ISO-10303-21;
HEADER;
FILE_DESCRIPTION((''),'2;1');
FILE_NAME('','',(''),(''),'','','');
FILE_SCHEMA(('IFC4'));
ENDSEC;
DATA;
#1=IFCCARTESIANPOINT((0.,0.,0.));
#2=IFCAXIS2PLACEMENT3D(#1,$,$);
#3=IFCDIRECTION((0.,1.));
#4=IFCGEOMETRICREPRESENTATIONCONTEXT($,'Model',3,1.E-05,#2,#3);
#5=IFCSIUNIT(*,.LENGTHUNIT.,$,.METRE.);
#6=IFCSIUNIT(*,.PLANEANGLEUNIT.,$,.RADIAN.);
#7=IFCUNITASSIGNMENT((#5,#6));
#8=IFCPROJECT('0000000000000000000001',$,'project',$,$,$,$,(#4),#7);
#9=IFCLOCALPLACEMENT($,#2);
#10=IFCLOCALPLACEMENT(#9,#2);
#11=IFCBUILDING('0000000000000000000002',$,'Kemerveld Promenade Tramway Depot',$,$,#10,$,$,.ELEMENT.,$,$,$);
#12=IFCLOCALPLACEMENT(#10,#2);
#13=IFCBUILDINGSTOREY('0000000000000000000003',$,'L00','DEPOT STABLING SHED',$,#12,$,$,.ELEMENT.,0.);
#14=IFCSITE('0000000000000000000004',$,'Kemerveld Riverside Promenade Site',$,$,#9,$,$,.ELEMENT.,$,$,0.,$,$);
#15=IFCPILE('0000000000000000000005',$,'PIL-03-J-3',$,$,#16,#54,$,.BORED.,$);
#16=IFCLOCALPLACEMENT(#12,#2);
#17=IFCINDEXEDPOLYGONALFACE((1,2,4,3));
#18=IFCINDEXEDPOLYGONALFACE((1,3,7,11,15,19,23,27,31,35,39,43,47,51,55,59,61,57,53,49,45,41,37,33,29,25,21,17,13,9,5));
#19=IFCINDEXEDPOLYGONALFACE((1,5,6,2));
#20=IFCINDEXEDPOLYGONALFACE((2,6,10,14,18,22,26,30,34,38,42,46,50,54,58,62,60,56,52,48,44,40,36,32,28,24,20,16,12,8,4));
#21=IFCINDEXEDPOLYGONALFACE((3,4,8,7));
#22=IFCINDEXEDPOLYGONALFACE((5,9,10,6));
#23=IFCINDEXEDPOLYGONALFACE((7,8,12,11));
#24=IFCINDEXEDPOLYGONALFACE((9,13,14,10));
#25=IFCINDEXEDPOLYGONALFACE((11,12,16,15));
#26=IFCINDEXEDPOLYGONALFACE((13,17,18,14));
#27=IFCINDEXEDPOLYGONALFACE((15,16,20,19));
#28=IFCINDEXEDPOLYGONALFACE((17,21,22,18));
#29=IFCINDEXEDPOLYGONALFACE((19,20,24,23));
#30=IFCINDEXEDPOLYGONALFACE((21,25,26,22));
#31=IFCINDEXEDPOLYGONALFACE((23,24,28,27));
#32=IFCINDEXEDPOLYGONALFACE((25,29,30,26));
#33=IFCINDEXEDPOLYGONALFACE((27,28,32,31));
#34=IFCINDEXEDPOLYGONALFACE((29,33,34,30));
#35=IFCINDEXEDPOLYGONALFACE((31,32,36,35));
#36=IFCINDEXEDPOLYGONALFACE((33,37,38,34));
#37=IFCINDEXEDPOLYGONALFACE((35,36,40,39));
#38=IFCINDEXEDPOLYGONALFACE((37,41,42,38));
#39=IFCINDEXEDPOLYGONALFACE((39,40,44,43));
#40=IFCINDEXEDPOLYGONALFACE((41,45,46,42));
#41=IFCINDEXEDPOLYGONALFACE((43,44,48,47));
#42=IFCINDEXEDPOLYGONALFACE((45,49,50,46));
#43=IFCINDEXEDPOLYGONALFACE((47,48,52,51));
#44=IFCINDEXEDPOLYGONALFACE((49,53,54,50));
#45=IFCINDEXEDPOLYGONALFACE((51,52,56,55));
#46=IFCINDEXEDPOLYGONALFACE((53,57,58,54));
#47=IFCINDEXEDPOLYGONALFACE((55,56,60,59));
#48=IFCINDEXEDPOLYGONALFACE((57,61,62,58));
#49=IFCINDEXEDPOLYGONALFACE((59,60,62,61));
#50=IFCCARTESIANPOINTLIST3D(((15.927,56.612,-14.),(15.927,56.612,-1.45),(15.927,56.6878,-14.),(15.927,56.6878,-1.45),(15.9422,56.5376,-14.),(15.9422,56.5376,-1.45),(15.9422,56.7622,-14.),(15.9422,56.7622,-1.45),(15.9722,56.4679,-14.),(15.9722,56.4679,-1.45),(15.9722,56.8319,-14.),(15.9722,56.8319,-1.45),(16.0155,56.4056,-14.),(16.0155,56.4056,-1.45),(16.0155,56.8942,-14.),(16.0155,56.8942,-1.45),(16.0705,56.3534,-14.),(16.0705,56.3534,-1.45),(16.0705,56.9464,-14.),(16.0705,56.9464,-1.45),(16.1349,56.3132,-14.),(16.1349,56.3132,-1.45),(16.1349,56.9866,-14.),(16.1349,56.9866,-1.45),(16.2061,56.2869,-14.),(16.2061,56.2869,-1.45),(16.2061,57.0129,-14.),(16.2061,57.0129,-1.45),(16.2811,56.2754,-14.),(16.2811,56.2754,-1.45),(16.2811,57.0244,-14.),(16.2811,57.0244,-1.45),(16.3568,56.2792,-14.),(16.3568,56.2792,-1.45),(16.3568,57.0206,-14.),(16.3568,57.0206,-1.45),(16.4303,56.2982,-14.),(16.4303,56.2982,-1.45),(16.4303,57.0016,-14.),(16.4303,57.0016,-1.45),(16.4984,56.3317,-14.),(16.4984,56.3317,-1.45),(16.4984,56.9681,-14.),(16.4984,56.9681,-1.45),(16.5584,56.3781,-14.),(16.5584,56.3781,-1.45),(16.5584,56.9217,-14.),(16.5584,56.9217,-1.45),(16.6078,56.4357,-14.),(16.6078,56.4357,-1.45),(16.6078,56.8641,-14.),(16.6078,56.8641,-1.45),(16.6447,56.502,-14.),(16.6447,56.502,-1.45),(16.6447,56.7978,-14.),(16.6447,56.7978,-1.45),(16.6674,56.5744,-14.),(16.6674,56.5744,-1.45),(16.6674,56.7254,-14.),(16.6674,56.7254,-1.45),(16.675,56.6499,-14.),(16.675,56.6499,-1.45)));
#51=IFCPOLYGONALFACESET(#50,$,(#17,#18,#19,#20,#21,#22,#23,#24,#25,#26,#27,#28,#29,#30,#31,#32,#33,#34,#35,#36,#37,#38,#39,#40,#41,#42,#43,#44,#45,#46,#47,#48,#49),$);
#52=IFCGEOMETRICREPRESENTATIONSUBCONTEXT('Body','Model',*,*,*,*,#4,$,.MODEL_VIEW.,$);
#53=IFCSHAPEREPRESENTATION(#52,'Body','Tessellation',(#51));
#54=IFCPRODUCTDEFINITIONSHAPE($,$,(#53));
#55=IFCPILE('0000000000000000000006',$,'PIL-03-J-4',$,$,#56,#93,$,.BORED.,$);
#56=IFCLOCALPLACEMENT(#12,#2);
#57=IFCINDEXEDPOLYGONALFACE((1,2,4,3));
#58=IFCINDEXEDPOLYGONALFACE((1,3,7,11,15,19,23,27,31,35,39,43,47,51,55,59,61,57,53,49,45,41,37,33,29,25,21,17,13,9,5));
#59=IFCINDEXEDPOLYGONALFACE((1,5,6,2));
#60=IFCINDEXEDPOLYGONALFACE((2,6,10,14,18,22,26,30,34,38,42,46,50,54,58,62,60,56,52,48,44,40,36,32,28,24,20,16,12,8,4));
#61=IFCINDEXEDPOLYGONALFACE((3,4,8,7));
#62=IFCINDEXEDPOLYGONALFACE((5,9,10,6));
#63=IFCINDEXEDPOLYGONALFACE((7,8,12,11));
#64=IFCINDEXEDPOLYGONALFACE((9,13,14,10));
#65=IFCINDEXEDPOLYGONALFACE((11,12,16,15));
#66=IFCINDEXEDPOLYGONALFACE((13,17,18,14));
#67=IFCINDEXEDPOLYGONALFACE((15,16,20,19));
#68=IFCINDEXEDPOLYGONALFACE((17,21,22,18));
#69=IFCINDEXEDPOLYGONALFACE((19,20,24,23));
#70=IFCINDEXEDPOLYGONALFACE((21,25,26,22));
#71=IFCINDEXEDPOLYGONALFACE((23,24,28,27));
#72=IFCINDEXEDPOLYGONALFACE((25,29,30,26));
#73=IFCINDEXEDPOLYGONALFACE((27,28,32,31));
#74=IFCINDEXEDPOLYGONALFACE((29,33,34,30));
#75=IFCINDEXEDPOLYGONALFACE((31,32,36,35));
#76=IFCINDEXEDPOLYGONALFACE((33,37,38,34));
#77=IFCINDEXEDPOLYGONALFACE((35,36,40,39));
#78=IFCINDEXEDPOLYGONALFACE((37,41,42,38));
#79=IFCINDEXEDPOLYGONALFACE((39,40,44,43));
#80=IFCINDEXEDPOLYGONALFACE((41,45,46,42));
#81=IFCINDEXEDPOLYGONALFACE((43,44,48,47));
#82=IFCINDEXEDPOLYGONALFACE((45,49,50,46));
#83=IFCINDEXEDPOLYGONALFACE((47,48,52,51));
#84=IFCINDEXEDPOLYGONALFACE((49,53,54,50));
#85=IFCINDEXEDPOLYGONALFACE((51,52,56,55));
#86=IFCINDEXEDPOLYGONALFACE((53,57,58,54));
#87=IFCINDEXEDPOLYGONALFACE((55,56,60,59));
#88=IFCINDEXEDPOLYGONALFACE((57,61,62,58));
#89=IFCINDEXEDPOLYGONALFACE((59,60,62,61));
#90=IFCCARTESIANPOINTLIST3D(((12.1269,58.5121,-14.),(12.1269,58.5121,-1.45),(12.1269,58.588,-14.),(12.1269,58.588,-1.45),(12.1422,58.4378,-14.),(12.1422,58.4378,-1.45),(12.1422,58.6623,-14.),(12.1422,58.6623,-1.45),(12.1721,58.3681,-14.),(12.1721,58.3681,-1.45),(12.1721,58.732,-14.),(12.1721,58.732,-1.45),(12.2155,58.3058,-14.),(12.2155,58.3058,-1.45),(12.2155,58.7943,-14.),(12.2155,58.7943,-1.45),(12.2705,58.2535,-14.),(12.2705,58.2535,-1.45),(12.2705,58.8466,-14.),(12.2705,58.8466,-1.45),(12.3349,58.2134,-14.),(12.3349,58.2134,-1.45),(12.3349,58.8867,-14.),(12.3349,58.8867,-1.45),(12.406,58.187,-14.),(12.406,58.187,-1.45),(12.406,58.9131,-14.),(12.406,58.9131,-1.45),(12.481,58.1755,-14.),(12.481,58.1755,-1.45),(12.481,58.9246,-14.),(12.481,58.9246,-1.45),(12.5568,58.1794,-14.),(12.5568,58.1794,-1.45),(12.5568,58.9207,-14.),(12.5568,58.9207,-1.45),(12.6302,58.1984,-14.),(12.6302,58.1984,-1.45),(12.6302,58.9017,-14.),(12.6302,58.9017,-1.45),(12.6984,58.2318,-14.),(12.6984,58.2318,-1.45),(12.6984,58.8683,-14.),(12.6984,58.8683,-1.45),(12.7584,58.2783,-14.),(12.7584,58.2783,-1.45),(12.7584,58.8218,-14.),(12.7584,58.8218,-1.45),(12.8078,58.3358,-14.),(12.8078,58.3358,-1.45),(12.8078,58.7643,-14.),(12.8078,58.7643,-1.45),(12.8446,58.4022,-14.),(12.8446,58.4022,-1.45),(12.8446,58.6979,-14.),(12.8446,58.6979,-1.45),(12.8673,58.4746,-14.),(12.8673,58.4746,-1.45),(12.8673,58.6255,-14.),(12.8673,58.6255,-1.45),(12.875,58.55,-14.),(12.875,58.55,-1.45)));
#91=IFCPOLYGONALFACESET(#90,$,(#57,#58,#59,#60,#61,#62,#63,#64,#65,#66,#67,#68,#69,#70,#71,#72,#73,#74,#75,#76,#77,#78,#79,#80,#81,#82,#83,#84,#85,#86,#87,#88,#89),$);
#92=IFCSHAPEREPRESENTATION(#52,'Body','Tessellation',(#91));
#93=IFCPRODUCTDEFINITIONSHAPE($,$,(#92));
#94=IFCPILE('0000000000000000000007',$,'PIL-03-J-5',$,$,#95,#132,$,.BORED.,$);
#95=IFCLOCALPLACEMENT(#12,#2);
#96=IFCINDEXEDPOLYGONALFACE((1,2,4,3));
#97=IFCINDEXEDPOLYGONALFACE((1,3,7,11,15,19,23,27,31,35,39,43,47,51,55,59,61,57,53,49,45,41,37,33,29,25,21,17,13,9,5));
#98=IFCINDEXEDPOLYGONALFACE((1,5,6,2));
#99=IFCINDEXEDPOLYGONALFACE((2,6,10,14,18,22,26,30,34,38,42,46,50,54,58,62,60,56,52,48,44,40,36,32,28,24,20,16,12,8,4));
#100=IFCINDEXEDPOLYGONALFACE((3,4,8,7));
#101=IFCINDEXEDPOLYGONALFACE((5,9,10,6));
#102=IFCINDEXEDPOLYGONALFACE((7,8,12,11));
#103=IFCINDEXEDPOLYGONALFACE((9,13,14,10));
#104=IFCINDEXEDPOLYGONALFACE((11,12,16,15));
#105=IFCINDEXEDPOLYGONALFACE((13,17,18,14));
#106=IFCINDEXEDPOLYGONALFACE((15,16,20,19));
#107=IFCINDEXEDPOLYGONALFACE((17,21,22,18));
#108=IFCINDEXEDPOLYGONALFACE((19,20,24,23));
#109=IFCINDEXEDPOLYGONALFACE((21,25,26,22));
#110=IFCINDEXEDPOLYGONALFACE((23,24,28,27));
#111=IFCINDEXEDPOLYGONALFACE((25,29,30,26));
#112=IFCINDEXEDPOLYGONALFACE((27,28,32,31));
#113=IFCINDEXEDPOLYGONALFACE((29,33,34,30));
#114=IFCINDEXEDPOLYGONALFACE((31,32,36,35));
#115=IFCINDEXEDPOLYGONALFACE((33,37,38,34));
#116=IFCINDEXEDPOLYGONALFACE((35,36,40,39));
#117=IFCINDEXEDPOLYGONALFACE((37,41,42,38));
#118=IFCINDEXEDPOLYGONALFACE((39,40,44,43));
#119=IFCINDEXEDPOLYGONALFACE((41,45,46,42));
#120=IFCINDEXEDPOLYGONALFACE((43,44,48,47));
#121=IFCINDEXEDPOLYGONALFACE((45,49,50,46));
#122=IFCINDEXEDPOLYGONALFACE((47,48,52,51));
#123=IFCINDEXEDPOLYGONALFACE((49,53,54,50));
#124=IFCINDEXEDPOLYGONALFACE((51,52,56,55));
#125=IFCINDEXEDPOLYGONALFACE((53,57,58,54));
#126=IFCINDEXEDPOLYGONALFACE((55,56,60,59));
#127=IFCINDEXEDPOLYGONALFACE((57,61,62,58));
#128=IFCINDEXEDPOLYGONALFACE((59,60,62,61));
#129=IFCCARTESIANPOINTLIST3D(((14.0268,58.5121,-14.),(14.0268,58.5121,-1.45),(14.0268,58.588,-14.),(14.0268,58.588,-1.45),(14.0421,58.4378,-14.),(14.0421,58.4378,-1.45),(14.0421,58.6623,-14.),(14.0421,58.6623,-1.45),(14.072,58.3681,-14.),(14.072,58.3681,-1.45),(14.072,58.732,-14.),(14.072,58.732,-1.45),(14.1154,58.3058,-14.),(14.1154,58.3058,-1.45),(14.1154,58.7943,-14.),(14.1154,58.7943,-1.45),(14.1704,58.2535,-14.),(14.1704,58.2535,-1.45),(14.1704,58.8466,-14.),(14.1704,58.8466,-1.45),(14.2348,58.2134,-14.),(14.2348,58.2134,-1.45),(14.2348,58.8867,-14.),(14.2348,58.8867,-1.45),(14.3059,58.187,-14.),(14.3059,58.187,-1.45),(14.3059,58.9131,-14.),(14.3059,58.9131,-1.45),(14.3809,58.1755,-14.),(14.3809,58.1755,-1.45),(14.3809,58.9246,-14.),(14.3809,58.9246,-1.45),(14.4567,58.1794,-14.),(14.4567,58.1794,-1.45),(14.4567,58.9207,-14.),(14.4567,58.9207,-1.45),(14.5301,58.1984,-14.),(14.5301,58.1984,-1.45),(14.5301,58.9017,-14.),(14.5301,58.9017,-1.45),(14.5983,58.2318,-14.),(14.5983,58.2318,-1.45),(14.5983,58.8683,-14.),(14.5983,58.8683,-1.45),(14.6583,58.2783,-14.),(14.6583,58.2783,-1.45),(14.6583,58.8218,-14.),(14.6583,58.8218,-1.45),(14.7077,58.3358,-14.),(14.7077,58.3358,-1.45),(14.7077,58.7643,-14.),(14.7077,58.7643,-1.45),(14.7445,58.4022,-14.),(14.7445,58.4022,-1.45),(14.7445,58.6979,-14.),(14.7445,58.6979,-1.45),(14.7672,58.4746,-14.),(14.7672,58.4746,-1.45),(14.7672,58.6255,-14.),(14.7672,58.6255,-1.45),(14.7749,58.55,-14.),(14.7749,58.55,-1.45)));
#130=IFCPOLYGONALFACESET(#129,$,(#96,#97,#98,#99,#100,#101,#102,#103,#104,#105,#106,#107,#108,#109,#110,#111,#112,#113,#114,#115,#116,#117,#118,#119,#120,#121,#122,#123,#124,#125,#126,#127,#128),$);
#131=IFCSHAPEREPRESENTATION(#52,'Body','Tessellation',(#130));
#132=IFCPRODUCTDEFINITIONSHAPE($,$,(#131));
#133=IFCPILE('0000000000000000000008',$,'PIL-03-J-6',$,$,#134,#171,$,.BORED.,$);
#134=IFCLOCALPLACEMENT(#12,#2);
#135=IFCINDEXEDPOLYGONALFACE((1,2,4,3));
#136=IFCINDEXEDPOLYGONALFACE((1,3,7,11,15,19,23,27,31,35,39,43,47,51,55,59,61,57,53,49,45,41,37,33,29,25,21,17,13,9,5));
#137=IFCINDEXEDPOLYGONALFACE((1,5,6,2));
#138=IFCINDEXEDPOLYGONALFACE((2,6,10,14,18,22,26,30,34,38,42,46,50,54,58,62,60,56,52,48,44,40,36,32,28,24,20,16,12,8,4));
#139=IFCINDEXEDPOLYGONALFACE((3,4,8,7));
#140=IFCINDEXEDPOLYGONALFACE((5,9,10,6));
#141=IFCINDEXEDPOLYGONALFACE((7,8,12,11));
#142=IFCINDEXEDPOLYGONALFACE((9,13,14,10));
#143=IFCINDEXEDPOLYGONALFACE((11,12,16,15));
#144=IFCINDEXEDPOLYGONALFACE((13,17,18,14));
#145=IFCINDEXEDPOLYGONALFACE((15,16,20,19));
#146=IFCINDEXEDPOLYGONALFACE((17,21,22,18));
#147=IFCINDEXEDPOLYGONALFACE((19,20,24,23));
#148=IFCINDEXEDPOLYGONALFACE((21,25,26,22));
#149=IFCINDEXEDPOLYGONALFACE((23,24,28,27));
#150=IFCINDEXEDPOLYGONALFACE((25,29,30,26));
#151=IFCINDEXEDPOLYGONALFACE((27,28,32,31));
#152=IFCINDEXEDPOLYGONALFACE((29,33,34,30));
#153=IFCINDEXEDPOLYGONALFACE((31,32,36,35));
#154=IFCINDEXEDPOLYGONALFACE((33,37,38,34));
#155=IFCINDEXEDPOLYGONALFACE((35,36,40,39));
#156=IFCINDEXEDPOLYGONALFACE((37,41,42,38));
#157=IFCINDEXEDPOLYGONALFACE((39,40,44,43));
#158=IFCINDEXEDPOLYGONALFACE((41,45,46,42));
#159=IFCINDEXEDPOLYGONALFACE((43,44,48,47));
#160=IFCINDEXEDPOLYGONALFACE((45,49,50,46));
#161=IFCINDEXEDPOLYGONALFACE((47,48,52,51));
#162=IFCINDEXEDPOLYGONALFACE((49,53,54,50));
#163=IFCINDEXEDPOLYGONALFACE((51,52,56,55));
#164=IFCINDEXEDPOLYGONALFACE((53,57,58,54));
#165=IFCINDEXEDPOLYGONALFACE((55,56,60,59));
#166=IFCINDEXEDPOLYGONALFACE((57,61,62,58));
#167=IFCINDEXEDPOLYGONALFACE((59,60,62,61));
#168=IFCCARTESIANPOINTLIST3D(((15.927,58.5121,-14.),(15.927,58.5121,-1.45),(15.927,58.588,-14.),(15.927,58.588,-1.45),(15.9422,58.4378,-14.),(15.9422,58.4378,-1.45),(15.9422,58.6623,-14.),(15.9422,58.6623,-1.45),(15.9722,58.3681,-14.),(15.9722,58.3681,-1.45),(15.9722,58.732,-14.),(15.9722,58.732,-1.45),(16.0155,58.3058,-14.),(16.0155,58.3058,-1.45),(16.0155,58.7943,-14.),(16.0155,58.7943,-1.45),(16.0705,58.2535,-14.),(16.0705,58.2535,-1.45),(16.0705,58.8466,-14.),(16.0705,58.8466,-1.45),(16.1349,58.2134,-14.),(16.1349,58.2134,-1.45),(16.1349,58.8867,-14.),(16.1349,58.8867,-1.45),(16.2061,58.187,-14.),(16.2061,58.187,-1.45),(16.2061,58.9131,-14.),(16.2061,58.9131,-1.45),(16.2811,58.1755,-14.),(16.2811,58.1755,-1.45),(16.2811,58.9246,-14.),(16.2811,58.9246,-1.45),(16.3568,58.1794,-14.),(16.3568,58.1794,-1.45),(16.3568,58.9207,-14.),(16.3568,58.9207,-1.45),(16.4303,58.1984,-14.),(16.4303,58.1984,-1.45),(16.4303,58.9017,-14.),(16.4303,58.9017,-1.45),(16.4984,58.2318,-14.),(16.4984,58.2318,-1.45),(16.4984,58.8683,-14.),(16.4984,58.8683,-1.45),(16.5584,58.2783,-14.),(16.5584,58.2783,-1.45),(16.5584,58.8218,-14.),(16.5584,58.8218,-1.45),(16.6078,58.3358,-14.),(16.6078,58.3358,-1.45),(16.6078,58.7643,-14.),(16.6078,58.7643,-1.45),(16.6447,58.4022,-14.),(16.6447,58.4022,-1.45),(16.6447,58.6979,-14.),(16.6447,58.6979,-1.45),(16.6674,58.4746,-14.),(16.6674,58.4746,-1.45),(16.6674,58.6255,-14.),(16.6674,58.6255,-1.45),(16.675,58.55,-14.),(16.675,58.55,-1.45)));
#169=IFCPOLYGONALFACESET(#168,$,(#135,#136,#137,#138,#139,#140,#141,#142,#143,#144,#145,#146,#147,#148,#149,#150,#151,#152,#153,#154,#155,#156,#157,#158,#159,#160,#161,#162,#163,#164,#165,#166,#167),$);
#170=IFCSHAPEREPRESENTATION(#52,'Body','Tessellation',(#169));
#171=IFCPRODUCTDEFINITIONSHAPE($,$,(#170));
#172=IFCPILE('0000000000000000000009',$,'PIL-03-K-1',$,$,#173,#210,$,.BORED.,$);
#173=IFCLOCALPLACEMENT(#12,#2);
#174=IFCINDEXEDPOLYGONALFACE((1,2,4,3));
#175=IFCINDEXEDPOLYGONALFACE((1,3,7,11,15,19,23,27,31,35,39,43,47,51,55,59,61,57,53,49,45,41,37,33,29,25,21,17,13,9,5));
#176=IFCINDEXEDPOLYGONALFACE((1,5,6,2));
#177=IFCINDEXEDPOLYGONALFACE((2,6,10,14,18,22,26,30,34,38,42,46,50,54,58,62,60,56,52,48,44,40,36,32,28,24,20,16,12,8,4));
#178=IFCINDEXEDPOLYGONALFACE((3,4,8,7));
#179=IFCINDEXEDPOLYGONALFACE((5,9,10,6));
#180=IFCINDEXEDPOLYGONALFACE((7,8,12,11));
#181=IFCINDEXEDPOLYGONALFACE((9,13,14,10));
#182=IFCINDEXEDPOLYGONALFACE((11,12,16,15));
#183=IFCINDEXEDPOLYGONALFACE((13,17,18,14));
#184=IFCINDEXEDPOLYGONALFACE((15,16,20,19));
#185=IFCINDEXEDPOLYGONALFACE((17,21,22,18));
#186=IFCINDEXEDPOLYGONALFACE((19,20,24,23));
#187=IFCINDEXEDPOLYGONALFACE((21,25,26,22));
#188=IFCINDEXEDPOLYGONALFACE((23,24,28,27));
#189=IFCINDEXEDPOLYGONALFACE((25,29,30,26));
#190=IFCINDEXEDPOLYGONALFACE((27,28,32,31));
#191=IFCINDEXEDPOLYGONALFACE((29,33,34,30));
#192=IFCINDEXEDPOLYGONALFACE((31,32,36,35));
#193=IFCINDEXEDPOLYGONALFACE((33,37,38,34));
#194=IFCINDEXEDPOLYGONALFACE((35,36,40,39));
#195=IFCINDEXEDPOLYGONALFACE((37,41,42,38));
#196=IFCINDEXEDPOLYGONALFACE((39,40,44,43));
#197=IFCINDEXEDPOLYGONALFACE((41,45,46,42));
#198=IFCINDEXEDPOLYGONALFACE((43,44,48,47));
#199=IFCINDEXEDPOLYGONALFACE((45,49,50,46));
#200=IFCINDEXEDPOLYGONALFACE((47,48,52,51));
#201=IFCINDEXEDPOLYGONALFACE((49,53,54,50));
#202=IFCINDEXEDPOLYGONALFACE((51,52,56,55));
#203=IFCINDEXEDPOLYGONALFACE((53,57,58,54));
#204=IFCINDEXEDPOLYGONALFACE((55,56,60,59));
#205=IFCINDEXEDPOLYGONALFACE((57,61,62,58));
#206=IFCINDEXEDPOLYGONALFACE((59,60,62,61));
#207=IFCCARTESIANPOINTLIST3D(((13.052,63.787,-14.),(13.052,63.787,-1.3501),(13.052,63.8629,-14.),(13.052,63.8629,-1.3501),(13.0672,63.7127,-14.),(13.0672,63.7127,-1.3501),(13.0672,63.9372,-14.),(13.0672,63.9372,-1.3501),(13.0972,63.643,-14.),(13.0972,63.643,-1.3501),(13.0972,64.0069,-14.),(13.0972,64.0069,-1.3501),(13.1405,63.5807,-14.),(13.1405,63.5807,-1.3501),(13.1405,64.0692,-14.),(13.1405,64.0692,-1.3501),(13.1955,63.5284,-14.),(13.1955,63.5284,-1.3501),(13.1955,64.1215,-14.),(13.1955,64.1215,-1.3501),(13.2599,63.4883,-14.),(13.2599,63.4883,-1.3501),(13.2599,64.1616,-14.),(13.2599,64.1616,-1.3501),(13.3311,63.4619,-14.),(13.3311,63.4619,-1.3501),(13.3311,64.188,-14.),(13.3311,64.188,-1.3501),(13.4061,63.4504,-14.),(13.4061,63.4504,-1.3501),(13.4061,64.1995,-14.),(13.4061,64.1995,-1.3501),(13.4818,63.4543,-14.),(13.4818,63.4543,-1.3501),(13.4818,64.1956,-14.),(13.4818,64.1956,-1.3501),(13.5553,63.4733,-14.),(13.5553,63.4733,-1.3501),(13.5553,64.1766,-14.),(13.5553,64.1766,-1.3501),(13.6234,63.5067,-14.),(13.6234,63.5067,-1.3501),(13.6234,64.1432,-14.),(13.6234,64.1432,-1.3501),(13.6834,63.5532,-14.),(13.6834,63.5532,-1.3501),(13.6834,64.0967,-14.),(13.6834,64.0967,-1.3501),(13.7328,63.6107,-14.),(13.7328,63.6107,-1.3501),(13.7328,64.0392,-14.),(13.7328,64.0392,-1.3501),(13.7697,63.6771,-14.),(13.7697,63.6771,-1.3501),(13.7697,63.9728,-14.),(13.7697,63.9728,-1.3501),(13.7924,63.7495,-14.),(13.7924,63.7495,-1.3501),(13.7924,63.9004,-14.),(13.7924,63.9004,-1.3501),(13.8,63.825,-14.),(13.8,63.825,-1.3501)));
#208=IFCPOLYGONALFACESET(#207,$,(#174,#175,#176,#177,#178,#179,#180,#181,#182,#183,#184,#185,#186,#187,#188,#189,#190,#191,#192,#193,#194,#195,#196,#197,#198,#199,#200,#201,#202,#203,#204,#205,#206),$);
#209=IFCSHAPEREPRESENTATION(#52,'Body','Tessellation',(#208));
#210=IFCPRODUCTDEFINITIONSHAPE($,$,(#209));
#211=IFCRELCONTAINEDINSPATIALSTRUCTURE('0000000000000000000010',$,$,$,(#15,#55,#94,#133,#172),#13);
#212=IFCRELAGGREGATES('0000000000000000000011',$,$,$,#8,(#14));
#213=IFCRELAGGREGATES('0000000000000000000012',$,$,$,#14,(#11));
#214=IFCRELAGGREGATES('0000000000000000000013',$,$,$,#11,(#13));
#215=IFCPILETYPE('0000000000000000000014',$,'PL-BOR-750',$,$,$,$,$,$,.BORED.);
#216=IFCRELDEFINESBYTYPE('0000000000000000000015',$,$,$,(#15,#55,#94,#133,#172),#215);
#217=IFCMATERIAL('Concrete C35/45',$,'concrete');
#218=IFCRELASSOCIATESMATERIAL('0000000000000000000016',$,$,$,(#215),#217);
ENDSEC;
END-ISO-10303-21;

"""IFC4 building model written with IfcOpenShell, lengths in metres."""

from ifc_helpers import new_model, si_unit, direction, frame, origin, origin_2d, place, context, subcontext, project, spatial, circle, extrude, material, material_profile, profile_set, type_object, element, save


model = new_model("IFC4")

# Units and contexts
model_context = context("Model", 3, precision=1e-05, world=origin(), true_north=direction((0.0, 1.0)))
body_context = subcontext(model_context, "Body", "Model", "MODEL_VIEW")
ifc_project = project(units=[si_unit("LENGTHUNIT", "METRE"), si_unit("PLANEANGLEUNIT", "RADIAN")], contexts=[model_context])

# Site, building, storey
site_placement = place(None, origin())
site = spatial("IfcSite", under=ifc_project, at=site_placement, Name="Kemerveld Riverside Promenade Site", CompositionType="ELEMENT", RefElevation=0.0)
building_placement = place(site_placement, origin())
building = spatial("IfcBuilding", under=site, at=building_placement, Name="Kemerveld Promenade Tramway Depot", CompositionType="ELEMENT")
storey_placement = place(building_placement, origin())
storey = spatial("IfcBuildingStorey", under=building, at=storey_placement, Name="L00", Description="DEPOT STABLING SHED", CompositionType="ELEMENT", Elevation=0.0)

# Shared definitions
ifc_material_1 = material(Name="Concrete C35/45", Category="concrete")

# Piles
ifc_material_profile_1 = material_profile(ifc_material_1, circle(Radius=0.375, at=origin_2d()), Name="PILE-D750")
ifc_profile_set_1 = profile_set([ifc_material_profile_1], Name="Concrete C35/45")
pile_type_1 = type_object("IfcPileType", Name="PL-BOR-750", PredefinedType="BORED", material=ifc_profile_set_1)
for number, where, z_axis, x_axis, name in (
    (1, (16.3, 56.6499, -1.45), (0.0, 0.0, -1.0), (1.0, 0.0, 0.0), "PIL-03-J-3"),
    (2, (12.5, 58.55, -1.45), (0.0, 0.0, -1.0), (1.0, 0.0, 0.0), "PIL-03-J-4"),
    (3, (14.3999, 58.55, -1.45), (0.0, 0.0, -1.0), (1.0, 0.0, 0.0), "PIL-03-J-5"),
    (4, (16.3, 58.55, -1.45), (0.0, 0.0, -1.0), (1.0, 0.0, 0.0), "PIL-03-J-6"),
):
    element("IfcPile", number, at=place(storey_placement, frame(where, z_axis=z_axis, x_axis=x_axis)), inside=storey, type_object=pile_type_1, Name=name, PredefinedType="BORED", context=body_context, shape_type="SweptSolid", body=[
        extrude(circle(Radius=0.375, at=origin_2d()), origin(), (0.0, 0.0, 1.0), 12.55),
    ])
for number, where, z_axis, x_axis, name in (
    (5, (13.425, 63.825, -1.3501), (0.0, 0.0, -1.0), (1.0, 0.0, 0.0), "PIL-03-K-1"),
):
    element("IfcPile", number, at=place(storey_placement, frame(where, z_axis=z_axis, x_axis=x_axis)), inside=storey, type_object=pile_type_1, Name=name, PredefinedType="BORED", context=body_context, shape_type="SweptSolid", body=[
        extrude(circle(Radius=0.375, at=origin_2d()), origin(), (0.0, 0.0, 1.0), 12.6499),
    ])

save(model, "model.ifc")
